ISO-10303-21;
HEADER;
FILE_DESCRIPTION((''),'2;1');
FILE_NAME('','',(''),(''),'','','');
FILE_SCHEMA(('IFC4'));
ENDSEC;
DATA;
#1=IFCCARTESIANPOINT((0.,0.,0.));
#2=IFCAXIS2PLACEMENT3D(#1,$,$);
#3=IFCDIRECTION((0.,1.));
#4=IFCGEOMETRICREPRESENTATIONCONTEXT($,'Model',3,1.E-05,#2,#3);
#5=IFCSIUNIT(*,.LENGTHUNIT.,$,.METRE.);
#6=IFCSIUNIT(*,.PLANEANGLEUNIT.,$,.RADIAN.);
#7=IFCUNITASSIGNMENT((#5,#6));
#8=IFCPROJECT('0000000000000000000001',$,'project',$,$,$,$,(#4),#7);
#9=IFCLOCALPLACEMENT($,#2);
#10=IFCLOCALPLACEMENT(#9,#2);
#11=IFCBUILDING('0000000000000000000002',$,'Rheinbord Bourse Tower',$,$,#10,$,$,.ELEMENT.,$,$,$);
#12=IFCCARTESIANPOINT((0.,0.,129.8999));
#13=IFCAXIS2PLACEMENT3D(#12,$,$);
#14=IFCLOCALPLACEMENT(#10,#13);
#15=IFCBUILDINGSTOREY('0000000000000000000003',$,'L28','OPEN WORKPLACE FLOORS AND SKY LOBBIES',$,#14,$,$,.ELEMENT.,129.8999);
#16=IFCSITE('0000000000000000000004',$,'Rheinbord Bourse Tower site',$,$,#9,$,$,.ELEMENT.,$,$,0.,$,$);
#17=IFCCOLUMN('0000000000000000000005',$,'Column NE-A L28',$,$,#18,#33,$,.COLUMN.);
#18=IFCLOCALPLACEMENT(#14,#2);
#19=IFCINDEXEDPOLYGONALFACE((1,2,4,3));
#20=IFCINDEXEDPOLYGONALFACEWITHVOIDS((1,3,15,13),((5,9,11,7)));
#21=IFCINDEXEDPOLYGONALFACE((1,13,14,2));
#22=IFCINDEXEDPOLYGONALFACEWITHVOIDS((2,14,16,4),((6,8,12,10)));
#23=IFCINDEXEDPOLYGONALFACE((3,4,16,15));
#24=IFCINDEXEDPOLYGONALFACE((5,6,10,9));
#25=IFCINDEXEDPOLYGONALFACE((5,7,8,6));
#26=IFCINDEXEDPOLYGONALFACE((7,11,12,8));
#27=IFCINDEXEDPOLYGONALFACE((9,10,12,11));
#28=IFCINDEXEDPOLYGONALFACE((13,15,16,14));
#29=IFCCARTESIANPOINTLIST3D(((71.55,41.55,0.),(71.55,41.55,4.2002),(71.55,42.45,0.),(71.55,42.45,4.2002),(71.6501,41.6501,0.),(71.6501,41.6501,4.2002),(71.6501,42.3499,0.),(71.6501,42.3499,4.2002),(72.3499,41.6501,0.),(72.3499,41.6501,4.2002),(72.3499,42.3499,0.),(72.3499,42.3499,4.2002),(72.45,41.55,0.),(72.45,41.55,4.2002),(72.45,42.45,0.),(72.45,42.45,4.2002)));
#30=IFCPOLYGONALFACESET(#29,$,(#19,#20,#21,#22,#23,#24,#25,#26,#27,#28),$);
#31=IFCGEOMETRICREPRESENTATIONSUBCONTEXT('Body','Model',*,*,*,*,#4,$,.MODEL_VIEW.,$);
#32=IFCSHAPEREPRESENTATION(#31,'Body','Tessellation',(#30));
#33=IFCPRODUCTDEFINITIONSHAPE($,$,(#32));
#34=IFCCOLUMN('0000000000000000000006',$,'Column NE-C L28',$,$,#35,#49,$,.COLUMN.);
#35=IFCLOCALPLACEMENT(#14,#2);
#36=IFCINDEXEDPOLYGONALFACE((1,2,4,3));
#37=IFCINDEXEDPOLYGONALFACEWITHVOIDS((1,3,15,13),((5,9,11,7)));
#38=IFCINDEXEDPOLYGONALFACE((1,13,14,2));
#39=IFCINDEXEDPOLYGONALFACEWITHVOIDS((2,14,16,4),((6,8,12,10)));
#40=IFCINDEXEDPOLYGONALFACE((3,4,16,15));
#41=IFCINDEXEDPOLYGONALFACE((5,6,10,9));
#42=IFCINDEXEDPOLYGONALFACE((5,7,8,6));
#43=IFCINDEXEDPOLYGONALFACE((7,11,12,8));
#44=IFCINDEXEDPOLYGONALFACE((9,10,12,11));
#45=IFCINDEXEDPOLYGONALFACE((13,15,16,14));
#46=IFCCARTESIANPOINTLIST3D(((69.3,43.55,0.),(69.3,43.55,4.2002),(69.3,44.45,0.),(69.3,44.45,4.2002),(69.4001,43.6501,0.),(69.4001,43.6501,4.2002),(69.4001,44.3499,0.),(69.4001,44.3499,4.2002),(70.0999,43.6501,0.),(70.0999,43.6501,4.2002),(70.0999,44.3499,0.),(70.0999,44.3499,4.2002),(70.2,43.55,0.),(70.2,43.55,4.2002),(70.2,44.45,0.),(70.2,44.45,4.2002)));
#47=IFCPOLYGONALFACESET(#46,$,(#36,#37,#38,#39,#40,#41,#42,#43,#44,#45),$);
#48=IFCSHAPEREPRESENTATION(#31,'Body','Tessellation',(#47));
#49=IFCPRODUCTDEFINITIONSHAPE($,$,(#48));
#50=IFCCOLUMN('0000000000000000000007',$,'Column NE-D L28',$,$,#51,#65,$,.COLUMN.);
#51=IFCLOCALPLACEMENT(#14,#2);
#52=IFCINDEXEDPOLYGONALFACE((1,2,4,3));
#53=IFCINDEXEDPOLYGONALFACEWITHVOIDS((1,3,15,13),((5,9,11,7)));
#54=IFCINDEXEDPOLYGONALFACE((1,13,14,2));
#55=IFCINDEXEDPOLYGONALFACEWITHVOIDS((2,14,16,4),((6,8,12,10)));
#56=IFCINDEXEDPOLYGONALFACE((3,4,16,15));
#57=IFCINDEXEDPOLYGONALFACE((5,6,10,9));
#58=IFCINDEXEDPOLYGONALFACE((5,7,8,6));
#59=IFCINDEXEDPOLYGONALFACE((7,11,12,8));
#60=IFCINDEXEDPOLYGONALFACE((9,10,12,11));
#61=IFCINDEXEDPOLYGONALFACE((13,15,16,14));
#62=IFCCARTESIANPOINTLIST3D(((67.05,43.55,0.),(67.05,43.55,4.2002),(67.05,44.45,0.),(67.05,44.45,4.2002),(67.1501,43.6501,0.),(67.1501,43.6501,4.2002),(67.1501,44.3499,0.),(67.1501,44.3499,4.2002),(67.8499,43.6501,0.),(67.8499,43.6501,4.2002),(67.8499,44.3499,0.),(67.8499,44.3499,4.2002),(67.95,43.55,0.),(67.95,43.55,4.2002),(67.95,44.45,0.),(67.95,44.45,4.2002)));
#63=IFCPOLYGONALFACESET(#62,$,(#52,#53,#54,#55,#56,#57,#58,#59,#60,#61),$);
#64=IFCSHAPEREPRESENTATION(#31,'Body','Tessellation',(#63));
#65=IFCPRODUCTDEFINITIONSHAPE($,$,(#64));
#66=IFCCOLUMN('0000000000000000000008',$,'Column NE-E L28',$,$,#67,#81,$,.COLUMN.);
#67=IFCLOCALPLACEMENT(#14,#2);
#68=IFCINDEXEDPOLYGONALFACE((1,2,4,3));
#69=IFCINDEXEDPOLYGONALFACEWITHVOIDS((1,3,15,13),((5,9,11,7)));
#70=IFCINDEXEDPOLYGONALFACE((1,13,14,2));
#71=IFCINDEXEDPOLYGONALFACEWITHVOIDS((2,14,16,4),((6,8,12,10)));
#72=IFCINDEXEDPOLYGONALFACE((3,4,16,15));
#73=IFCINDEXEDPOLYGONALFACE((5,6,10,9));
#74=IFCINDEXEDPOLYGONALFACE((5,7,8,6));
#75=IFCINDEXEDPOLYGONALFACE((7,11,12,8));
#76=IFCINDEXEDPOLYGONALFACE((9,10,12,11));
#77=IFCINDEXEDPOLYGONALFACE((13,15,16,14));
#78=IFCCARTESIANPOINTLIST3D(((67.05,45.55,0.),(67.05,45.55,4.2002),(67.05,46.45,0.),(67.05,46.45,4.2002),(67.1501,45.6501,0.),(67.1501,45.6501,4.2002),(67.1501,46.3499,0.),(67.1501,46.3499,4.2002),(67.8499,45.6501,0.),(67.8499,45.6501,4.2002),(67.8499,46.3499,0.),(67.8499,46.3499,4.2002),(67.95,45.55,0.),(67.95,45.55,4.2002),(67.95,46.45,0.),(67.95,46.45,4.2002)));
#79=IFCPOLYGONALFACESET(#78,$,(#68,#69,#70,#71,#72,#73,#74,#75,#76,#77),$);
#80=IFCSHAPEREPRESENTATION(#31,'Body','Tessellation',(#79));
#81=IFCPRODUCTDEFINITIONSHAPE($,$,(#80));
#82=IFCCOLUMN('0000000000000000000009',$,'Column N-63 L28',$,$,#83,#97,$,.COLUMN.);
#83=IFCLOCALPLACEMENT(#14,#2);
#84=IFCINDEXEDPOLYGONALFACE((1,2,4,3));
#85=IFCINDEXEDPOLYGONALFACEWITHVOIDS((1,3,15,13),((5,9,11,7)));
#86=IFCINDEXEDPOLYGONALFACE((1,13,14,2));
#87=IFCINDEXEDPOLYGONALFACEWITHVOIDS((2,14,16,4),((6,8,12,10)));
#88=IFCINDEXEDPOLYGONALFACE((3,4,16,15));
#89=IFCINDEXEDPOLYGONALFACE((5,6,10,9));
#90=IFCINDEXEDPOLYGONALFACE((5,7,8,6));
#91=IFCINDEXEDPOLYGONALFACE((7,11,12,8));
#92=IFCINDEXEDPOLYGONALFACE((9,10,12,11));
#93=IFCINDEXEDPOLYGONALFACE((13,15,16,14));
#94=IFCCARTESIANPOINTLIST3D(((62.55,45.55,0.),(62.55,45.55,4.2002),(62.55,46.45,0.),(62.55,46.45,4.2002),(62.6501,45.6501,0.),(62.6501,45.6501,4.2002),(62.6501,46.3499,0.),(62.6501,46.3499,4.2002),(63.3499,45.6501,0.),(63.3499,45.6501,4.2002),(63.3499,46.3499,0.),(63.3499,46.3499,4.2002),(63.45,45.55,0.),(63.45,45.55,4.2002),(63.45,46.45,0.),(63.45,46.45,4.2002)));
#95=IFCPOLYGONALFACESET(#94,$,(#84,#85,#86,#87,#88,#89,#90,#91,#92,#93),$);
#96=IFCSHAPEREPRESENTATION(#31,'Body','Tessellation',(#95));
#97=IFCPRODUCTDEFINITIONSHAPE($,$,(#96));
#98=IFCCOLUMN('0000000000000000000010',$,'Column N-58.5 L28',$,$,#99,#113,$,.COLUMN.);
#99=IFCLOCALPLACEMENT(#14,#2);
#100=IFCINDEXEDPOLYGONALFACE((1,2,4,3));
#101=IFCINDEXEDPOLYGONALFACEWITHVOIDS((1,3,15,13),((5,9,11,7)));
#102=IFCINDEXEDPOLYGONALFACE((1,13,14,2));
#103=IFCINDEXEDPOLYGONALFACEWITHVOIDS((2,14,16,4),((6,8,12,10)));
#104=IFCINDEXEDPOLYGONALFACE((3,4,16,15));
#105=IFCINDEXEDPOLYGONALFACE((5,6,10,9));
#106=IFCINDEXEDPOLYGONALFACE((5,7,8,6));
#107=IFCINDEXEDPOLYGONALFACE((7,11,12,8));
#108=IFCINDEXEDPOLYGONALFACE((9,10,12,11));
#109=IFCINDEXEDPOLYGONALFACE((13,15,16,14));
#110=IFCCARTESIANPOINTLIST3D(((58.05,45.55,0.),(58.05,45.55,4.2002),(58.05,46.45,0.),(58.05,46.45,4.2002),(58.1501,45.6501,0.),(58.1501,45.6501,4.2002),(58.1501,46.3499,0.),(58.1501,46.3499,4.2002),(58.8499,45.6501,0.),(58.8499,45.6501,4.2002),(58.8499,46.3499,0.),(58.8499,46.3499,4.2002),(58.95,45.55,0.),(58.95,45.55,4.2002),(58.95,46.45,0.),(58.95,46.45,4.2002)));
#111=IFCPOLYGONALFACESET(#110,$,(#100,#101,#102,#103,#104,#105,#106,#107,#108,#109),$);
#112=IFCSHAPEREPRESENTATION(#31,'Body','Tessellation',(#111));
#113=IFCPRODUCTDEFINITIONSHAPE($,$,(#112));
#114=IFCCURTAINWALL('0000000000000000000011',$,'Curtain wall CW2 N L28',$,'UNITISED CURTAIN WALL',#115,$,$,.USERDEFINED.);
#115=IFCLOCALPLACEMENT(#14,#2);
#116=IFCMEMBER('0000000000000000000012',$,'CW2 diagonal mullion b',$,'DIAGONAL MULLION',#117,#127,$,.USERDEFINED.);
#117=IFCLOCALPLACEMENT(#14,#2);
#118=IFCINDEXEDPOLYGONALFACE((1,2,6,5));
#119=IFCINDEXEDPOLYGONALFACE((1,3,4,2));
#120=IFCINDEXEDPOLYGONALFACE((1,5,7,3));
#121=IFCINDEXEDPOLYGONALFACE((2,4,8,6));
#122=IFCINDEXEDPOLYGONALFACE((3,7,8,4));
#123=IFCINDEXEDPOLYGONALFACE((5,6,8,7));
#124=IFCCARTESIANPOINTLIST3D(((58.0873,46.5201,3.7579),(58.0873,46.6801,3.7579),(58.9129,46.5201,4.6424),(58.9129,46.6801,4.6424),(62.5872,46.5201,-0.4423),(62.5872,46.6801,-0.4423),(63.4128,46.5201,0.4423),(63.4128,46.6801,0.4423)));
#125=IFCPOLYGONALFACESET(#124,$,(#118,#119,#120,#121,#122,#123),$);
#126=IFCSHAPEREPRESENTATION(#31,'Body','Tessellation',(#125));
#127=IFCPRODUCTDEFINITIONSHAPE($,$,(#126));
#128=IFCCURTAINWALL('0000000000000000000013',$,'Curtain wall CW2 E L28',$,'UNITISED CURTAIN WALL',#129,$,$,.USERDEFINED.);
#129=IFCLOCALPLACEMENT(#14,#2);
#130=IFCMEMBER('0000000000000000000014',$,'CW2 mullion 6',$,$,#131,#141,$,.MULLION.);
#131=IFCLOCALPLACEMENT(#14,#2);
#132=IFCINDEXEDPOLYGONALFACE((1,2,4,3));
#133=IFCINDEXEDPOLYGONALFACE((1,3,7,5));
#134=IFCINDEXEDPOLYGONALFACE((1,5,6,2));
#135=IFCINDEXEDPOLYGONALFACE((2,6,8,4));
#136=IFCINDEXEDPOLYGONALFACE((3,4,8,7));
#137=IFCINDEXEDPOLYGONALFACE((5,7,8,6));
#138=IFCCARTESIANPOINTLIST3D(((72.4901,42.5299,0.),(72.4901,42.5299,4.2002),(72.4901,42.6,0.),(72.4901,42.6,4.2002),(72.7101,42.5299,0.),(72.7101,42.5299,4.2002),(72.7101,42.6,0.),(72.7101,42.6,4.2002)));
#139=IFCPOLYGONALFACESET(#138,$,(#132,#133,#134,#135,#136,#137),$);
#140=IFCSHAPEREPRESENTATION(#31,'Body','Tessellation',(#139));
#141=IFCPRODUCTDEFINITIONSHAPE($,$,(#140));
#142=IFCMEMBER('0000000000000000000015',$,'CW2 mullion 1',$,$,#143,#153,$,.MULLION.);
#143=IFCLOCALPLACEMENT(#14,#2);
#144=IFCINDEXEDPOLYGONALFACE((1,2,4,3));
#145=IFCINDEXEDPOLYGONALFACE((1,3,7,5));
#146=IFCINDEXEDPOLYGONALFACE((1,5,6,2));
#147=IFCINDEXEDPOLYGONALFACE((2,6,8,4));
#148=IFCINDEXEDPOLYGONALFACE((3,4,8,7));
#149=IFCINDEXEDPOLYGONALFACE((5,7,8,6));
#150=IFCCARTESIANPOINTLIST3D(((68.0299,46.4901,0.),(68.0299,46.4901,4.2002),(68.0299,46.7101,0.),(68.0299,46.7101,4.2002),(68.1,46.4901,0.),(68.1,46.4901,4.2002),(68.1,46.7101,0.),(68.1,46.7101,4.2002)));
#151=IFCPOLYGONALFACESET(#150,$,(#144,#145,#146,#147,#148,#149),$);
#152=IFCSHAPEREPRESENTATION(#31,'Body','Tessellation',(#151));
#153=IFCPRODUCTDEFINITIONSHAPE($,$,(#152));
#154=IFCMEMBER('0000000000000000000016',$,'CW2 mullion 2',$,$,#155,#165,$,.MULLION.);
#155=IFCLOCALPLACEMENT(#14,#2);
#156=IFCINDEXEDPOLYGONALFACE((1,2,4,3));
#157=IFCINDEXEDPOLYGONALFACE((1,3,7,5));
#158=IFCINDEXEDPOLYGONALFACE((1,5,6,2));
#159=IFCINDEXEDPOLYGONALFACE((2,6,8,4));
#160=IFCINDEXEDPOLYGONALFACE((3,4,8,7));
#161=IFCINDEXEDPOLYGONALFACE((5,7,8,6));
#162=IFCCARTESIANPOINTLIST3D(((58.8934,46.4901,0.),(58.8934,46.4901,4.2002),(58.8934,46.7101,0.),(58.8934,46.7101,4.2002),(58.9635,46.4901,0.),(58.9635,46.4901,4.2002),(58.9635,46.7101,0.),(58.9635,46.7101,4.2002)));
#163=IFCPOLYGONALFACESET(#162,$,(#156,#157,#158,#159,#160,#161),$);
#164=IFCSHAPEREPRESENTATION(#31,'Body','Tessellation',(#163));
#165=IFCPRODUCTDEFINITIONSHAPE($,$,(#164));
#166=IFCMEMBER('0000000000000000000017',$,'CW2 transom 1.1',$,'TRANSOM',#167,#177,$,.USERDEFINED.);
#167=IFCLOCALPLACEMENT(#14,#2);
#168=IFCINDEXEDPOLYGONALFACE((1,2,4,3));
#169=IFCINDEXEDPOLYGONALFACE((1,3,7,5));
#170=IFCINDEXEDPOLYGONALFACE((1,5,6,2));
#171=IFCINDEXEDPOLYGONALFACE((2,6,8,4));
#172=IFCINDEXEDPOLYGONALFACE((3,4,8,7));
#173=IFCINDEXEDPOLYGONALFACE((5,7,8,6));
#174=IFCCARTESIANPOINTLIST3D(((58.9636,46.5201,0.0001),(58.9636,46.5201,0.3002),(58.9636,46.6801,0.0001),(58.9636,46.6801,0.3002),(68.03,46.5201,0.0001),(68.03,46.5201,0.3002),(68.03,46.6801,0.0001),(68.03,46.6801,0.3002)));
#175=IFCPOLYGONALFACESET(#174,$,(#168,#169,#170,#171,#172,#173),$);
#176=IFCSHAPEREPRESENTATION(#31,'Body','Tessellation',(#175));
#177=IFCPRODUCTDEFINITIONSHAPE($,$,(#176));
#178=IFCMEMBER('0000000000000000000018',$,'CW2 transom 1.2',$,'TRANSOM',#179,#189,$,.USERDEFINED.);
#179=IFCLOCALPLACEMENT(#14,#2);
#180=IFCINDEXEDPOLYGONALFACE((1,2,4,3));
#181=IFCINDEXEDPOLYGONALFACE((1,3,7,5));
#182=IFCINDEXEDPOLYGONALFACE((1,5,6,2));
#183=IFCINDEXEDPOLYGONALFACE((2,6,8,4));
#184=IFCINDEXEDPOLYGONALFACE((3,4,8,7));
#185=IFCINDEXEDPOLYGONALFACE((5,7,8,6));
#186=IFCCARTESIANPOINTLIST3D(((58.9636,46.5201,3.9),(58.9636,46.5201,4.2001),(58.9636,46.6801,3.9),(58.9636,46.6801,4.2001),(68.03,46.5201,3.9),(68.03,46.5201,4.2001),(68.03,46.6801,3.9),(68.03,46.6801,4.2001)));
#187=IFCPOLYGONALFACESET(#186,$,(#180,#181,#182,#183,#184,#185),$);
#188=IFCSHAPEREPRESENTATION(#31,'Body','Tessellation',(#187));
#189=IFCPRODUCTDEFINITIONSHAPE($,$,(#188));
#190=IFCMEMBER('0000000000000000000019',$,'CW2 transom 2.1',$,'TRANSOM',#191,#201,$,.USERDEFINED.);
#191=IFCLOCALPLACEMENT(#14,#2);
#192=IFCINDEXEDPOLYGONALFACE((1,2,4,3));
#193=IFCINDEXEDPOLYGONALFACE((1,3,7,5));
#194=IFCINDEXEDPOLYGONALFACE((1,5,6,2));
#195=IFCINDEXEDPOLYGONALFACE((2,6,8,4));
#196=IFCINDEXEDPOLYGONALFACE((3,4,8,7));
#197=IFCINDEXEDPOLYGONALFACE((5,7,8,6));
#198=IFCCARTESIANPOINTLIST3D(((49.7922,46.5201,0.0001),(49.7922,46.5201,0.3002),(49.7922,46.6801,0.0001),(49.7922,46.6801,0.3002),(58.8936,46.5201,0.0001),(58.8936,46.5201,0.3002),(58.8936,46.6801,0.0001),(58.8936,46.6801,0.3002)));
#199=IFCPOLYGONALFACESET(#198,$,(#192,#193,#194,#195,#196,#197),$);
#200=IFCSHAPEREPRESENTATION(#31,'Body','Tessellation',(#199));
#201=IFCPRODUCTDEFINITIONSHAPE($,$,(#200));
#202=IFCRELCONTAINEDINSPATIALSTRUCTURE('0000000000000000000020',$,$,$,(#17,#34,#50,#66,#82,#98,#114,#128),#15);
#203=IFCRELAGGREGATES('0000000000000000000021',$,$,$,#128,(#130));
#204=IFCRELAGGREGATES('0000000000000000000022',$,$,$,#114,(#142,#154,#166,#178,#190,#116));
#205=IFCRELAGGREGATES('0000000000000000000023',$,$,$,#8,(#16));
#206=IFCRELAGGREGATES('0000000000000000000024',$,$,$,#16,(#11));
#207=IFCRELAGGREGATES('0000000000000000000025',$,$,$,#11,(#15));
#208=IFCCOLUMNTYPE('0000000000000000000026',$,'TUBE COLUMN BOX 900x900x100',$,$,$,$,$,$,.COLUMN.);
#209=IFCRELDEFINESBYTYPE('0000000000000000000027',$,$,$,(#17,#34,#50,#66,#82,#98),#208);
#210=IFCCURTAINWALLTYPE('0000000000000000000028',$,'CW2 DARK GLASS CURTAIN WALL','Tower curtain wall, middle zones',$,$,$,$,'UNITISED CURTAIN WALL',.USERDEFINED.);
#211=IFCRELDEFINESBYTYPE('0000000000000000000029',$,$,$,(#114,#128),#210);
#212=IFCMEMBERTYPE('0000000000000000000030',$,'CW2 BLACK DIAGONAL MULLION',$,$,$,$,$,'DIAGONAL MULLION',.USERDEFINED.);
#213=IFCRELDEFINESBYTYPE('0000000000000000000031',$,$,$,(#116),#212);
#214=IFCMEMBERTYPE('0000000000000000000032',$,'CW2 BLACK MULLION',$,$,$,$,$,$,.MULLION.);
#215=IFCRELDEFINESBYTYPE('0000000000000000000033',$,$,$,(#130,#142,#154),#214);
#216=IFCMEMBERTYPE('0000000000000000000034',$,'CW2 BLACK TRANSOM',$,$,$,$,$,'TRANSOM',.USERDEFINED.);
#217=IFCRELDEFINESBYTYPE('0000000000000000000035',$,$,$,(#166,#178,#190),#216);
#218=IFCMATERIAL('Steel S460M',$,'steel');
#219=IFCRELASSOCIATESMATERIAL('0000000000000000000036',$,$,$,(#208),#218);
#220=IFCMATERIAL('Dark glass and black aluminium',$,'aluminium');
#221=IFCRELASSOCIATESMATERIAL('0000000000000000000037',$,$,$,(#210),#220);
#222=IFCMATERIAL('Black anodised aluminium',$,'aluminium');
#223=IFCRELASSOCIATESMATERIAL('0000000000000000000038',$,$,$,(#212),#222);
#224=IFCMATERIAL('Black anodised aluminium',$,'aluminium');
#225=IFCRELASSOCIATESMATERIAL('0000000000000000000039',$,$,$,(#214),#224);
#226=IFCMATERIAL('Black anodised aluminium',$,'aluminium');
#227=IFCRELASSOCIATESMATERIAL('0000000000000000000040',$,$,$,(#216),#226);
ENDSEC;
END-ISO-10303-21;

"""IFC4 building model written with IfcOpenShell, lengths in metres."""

from ifc_helpers import new_model, si_unit, direction, frame, origin, origin_2d, place, context, subcontext, project, spatial, rectangle, hollow_rectangle, extrude, material, material_profile, profile_set, type_object, element, aggregate, save


model = new_model("IFC4")

# Units and contexts
model_context = context("Model", 3, precision=1e-05, world=origin(), true_north=direction((0.0, 1.0)))
body_context = subcontext(model_context, "Body", "Model", "MODEL_VIEW")
ifc_project = project(units=[si_unit("LENGTHUNIT", "METRE"), si_unit("PLANEANGLEUNIT", "RADIAN")], contexts=[model_context])

# Site, building, storey
site_placement = place(None, origin())
site = spatial("IfcSite", under=ifc_project, at=site_placement, Name="Rheinbord Bourse Tower site", CompositionType="ELEMENT", RefElevation=0.0)
building_placement = place(site_placement, origin())
building = spatial("IfcBuilding", under=site, at=building_placement, Name="Rheinbord Bourse Tower", CompositionType="ELEMENT")
storey_placement = place(building_placement, frame((0.0, 0.0, 129.8999)))
storey = spatial("IfcBuildingStorey", under=building, at=storey_placement, Name="L28", Description="OPEN WORKPLACE FLOORS AND SKY LOBBIES", CompositionType="ELEMENT", Elevation=129.8999)

# Columns
ifc_material_1 = material(Name="Steel S460M", Category="steel")
ifc_material_profile_1 = material_profile(ifc_material_1, hollow_rectangle(XDim=0.8999, YDim=0.8999, WallThickness=0.1001, at=origin_2d()), Name="BOX 900x900x100")
ifc_profile_set_1 = profile_set([ifc_material_profile_1], Name="Steel S460M")
column_type = type_object("IfcColumnType", Name="TUBE COLUMN BOX 900x900x100", PredefinedType="COLUMN", material=ifc_profile_set_1)
for number, where, z_axis, x_axis, name in (
    (1, (72.0, 42.0, 0.0), (0.0, 0.0, 1.0), (1.0, 0.0, 0.0), "Column NE-A L28"),
    (2, (69.75, 44.0, 0.0), (0.0, 0.0, 1.0), (1.0, 0.0, 0.0), "Column NE-C L28"),
    (3, (67.5, 44.0, 0.0), (0.0, 0.0, 1.0), (0.0, 1.0, 0.0), "Column NE-D L28"),
    (4, (67.5, 46.0, 0.0), (0.0, 0.0, 1.0), (0.0, 1.0, 0.0), "Column NE-E L28"),
    (5, (63.0, 46.0, 0.0), (0.0, 0.0, 1.0), (0.0, 1.0, 0.0), "Column N-63 L28"),
    (6, (58.5, 46.0, 0.0), (0.0, 0.0, 1.0), (0.0, 1.0, 0.0), "Column N-58.5 L28"),
):
    element("IfcColumn", number, at=place(storey_placement, frame(where, z_axis=z_axis, x_axis=x_axis)), inside=storey, type_object=column_type, Name=name, PredefinedType="COLUMN", context=body_context, shape_type="SweptSolid", body=[
        extrude(hollow_rectangle(XDim=0.8999, YDim=0.8999, WallThickness=0.1001, at=origin_2d()), origin(), (0.0, 0.0, 1.0), 4.2002),
    ])

# Curtain walls, members
ifc_material_2 = material(Name="Dark glass and black aluminium", Category="aluminium")
curtain_wall_type = type_object("IfcCurtainWallType", Name="CW2 DARK GLASS CURTAIN WALL", Description="Tower curtain wall, middle zones", ElementType="UNITISED CURTAIN WALL", PredefinedType="USERDEFINED", material=ifc_material_2)
curtain_wall_1_placement = place(storey_placement, origin())
curtain_wall_1 = element("IfcCurtainWall", 7, at=curtain_wall_1_placement, inside=storey, type_object=curtain_wall_type, Name="Curtain wall CW2 N L28", ObjectType="UNITISED CURTAIN WALL", PredefinedType="USERDEFINED")
ifc_material_3 = material(Name="Black anodised aluminium", Category="aluminium")
ifc_material_profile_2 = material_profile(ifc_material_3, rectangle(XDim=0.1599, YDim=1.21, at=origin_2d()), Name="CW2 DIAGONAL MULLION 1210x160")
ifc_profile_set_2 = profile_set([ifc_material_profile_2], Name="Black anodised aluminium")
member_type_1 = type_object("IfcMemberType", Name="CW2 BLACK DIAGONAL MULLION", ElementType="DIAGONAL MULLION", PredefinedType="USERDEFINED", material=ifc_profile_set_2)
member_1_placement = place(storey_placement, frame((63.0, 46.6001, 0.0), z_axis=(-0.731039, 0.0, 0.682335), x_axis=(0.0, -1.0, 0.0)))
member_1 = element("IfcMember", 8, at=member_1_placement, type_object=member_type_1, Name="CW2 diagonal mullion b", ObjectType="DIAGONAL MULLION", PredefinedType="USERDEFINED", context=body_context, shape_type="SweptSolid", body=[
    extrude(rectangle(XDim=0.1599, YDim=1.21, at=origin_2d()), origin(), (0.0, 0.0, 1.0), 6.1555),
])
curtain_wall_2_placement = place(storey_placement, origin())
curtain_wall_2 = element("IfcCurtainWall", 9, at=curtain_wall_2_placement, inside=storey, type_object=curtain_wall_type, Name="Curtain wall CW2 E L28", ObjectType="UNITISED CURTAIN WALL", PredefinedType="USERDEFINED")
ifc_material_4 = material(Name="Black anodised aluminium", Category="aluminium")
ifc_material_profile_3 = material_profile(ifc_material_4, rectangle(XDim=0.22, YDim=0.0701, at=origin_2d()), Name="CW2 MULLION 70x220")
ifc_profile_set_3 = profile_set([ifc_material_profile_3], Name="Black anodised aluminium")
member_type_2 = type_object("IfcMemberType", Name="CW2 BLACK MULLION", PredefinedType="MULLION", material=ifc_profile_set_3)
member_2_placement = place(storey_placement, frame((72.6001, 42.5649, 0.0), z_axis=(0.0, 0.0, 1.0), x_axis=(-1.0, 0.0, 0.0)))
member_2 = element("IfcMember", 10, at=member_2_placement, type_object=member_type_2, Name="CW2 mullion 6", PredefinedType="MULLION", context=body_context, shape_type="SweptSolid", body=[
    extrude(rectangle(XDim=0.22, YDim=0.0701, at=origin_2d()), origin(), (0.0, 0.0, 1.0), 4.2002),
])
aggregate(curtain_wall_2, [member_2])

# Members
member_3_placement = place(storey_placement, frame((68.0649, 46.6001, 0.0), z_axis=(0.0, 0.0, 1.0), x_axis=(0.0, -1.0, 0.0)))
member_3 = element("IfcMember", 11, at=member_3_placement, type_object=member_type_2, Name="CW2 mullion 1", PredefinedType="MULLION", context=body_context, shape_type="SweptSolid", body=[
    extrude(rectangle(XDim=0.22, YDim=0.0701, at=origin_2d()), origin(), (0.0, 0.0, 1.0), 4.2002),
])
member_4_placement = place(storey_placement, frame((58.9285, 46.6001, 0.0), z_axis=(0.0, 0.0, 1.0), x_axis=(0.0, -1.0, 0.0)))
member_4 = element("IfcMember", 12, at=member_4_placement, type_object=member_type_2, Name="CW2 mullion 2", PredefinedType="MULLION", context=body_context, shape_type="SweptSolid", body=[
    extrude(rectangle(XDim=0.22, YDim=0.0701, at=origin_2d()), origin(), (0.0, 0.0, 1.0), 4.2002),
])
ifc_material_5 = material(Name="Black anodised aluminium", Category="aluminium")
ifc_material_profile_4 = material_profile(ifc_material_5, rectangle(XDim=0.1599, YDim=0.3, at=origin_2d()), Name="CW2 TRANSOM 300x160")
ifc_profile_set_4 = profile_set([ifc_material_profile_4], Name="Black anodised aluminium")
member_type_3 = type_object("IfcMemberType", Name="CW2 BLACK TRANSOM", ElementType="TRANSOM", PredefinedType="USERDEFINED", material=ifc_profile_set_4)
member_5_placement = place(storey_placement, frame((68.03, 46.6001, 0.1501), z_axis=(-1.0, 0.0, 0.0), x_axis=(0.0, -1.0, 0.0)))
member_5 = element("IfcMember", 13, at=member_5_placement, type_object=member_type_3, Name="CW2 transom 1.1", ObjectType="TRANSOM", PredefinedType="USERDEFINED", context=body_context, shape_type="SweptSolid", body=[
    extrude(rectangle(XDim=0.1599, YDim=0.3, at=origin_2d()), origin(), (0.0, 0.0, 1.0), 9.0664),
])
member_6_placement = place(storey_placement, frame((68.03, 46.6001, 4.05), z_axis=(-1.0, 0.0, 0.0), x_axis=(0.0, -1.0, 0.0)))
member_6 = element("IfcMember", 14, at=member_6_placement, type_object=member_type_3, Name="CW2 transom 1.2", ObjectType="TRANSOM", PredefinedType="USERDEFINED", context=body_context, shape_type="SweptSolid", body=[
    extrude(rectangle(XDim=0.1599, YDim=0.3, at=origin_2d()), origin(), (0.0, 0.0, 1.0), 9.0664),
])
member_7_placement = place(storey_placement, frame((58.8936, 46.6001, 0.1501), z_axis=(-1.0, 0.0, 0.0), x_axis=(0.0, -1.0, 0.0)))
member_7 = element("IfcMember", 15, at=member_7_placement, type_object=member_type_3, Name="CW2 transom 2.1", ObjectType="TRANSOM", PredefinedType="USERDEFINED", context=body_context, shape_type="SweptSolid", body=[
    extrude(rectangle(XDim=0.1599, YDim=0.3, at=origin_2d()), origin(), (0.0, 0.0, 1.0), 9.1013),
])

aggregate(curtain_wall_1, [member_3, member_4, member_5, member_6, member_7, member_1])

save(model, "model.ifc")
